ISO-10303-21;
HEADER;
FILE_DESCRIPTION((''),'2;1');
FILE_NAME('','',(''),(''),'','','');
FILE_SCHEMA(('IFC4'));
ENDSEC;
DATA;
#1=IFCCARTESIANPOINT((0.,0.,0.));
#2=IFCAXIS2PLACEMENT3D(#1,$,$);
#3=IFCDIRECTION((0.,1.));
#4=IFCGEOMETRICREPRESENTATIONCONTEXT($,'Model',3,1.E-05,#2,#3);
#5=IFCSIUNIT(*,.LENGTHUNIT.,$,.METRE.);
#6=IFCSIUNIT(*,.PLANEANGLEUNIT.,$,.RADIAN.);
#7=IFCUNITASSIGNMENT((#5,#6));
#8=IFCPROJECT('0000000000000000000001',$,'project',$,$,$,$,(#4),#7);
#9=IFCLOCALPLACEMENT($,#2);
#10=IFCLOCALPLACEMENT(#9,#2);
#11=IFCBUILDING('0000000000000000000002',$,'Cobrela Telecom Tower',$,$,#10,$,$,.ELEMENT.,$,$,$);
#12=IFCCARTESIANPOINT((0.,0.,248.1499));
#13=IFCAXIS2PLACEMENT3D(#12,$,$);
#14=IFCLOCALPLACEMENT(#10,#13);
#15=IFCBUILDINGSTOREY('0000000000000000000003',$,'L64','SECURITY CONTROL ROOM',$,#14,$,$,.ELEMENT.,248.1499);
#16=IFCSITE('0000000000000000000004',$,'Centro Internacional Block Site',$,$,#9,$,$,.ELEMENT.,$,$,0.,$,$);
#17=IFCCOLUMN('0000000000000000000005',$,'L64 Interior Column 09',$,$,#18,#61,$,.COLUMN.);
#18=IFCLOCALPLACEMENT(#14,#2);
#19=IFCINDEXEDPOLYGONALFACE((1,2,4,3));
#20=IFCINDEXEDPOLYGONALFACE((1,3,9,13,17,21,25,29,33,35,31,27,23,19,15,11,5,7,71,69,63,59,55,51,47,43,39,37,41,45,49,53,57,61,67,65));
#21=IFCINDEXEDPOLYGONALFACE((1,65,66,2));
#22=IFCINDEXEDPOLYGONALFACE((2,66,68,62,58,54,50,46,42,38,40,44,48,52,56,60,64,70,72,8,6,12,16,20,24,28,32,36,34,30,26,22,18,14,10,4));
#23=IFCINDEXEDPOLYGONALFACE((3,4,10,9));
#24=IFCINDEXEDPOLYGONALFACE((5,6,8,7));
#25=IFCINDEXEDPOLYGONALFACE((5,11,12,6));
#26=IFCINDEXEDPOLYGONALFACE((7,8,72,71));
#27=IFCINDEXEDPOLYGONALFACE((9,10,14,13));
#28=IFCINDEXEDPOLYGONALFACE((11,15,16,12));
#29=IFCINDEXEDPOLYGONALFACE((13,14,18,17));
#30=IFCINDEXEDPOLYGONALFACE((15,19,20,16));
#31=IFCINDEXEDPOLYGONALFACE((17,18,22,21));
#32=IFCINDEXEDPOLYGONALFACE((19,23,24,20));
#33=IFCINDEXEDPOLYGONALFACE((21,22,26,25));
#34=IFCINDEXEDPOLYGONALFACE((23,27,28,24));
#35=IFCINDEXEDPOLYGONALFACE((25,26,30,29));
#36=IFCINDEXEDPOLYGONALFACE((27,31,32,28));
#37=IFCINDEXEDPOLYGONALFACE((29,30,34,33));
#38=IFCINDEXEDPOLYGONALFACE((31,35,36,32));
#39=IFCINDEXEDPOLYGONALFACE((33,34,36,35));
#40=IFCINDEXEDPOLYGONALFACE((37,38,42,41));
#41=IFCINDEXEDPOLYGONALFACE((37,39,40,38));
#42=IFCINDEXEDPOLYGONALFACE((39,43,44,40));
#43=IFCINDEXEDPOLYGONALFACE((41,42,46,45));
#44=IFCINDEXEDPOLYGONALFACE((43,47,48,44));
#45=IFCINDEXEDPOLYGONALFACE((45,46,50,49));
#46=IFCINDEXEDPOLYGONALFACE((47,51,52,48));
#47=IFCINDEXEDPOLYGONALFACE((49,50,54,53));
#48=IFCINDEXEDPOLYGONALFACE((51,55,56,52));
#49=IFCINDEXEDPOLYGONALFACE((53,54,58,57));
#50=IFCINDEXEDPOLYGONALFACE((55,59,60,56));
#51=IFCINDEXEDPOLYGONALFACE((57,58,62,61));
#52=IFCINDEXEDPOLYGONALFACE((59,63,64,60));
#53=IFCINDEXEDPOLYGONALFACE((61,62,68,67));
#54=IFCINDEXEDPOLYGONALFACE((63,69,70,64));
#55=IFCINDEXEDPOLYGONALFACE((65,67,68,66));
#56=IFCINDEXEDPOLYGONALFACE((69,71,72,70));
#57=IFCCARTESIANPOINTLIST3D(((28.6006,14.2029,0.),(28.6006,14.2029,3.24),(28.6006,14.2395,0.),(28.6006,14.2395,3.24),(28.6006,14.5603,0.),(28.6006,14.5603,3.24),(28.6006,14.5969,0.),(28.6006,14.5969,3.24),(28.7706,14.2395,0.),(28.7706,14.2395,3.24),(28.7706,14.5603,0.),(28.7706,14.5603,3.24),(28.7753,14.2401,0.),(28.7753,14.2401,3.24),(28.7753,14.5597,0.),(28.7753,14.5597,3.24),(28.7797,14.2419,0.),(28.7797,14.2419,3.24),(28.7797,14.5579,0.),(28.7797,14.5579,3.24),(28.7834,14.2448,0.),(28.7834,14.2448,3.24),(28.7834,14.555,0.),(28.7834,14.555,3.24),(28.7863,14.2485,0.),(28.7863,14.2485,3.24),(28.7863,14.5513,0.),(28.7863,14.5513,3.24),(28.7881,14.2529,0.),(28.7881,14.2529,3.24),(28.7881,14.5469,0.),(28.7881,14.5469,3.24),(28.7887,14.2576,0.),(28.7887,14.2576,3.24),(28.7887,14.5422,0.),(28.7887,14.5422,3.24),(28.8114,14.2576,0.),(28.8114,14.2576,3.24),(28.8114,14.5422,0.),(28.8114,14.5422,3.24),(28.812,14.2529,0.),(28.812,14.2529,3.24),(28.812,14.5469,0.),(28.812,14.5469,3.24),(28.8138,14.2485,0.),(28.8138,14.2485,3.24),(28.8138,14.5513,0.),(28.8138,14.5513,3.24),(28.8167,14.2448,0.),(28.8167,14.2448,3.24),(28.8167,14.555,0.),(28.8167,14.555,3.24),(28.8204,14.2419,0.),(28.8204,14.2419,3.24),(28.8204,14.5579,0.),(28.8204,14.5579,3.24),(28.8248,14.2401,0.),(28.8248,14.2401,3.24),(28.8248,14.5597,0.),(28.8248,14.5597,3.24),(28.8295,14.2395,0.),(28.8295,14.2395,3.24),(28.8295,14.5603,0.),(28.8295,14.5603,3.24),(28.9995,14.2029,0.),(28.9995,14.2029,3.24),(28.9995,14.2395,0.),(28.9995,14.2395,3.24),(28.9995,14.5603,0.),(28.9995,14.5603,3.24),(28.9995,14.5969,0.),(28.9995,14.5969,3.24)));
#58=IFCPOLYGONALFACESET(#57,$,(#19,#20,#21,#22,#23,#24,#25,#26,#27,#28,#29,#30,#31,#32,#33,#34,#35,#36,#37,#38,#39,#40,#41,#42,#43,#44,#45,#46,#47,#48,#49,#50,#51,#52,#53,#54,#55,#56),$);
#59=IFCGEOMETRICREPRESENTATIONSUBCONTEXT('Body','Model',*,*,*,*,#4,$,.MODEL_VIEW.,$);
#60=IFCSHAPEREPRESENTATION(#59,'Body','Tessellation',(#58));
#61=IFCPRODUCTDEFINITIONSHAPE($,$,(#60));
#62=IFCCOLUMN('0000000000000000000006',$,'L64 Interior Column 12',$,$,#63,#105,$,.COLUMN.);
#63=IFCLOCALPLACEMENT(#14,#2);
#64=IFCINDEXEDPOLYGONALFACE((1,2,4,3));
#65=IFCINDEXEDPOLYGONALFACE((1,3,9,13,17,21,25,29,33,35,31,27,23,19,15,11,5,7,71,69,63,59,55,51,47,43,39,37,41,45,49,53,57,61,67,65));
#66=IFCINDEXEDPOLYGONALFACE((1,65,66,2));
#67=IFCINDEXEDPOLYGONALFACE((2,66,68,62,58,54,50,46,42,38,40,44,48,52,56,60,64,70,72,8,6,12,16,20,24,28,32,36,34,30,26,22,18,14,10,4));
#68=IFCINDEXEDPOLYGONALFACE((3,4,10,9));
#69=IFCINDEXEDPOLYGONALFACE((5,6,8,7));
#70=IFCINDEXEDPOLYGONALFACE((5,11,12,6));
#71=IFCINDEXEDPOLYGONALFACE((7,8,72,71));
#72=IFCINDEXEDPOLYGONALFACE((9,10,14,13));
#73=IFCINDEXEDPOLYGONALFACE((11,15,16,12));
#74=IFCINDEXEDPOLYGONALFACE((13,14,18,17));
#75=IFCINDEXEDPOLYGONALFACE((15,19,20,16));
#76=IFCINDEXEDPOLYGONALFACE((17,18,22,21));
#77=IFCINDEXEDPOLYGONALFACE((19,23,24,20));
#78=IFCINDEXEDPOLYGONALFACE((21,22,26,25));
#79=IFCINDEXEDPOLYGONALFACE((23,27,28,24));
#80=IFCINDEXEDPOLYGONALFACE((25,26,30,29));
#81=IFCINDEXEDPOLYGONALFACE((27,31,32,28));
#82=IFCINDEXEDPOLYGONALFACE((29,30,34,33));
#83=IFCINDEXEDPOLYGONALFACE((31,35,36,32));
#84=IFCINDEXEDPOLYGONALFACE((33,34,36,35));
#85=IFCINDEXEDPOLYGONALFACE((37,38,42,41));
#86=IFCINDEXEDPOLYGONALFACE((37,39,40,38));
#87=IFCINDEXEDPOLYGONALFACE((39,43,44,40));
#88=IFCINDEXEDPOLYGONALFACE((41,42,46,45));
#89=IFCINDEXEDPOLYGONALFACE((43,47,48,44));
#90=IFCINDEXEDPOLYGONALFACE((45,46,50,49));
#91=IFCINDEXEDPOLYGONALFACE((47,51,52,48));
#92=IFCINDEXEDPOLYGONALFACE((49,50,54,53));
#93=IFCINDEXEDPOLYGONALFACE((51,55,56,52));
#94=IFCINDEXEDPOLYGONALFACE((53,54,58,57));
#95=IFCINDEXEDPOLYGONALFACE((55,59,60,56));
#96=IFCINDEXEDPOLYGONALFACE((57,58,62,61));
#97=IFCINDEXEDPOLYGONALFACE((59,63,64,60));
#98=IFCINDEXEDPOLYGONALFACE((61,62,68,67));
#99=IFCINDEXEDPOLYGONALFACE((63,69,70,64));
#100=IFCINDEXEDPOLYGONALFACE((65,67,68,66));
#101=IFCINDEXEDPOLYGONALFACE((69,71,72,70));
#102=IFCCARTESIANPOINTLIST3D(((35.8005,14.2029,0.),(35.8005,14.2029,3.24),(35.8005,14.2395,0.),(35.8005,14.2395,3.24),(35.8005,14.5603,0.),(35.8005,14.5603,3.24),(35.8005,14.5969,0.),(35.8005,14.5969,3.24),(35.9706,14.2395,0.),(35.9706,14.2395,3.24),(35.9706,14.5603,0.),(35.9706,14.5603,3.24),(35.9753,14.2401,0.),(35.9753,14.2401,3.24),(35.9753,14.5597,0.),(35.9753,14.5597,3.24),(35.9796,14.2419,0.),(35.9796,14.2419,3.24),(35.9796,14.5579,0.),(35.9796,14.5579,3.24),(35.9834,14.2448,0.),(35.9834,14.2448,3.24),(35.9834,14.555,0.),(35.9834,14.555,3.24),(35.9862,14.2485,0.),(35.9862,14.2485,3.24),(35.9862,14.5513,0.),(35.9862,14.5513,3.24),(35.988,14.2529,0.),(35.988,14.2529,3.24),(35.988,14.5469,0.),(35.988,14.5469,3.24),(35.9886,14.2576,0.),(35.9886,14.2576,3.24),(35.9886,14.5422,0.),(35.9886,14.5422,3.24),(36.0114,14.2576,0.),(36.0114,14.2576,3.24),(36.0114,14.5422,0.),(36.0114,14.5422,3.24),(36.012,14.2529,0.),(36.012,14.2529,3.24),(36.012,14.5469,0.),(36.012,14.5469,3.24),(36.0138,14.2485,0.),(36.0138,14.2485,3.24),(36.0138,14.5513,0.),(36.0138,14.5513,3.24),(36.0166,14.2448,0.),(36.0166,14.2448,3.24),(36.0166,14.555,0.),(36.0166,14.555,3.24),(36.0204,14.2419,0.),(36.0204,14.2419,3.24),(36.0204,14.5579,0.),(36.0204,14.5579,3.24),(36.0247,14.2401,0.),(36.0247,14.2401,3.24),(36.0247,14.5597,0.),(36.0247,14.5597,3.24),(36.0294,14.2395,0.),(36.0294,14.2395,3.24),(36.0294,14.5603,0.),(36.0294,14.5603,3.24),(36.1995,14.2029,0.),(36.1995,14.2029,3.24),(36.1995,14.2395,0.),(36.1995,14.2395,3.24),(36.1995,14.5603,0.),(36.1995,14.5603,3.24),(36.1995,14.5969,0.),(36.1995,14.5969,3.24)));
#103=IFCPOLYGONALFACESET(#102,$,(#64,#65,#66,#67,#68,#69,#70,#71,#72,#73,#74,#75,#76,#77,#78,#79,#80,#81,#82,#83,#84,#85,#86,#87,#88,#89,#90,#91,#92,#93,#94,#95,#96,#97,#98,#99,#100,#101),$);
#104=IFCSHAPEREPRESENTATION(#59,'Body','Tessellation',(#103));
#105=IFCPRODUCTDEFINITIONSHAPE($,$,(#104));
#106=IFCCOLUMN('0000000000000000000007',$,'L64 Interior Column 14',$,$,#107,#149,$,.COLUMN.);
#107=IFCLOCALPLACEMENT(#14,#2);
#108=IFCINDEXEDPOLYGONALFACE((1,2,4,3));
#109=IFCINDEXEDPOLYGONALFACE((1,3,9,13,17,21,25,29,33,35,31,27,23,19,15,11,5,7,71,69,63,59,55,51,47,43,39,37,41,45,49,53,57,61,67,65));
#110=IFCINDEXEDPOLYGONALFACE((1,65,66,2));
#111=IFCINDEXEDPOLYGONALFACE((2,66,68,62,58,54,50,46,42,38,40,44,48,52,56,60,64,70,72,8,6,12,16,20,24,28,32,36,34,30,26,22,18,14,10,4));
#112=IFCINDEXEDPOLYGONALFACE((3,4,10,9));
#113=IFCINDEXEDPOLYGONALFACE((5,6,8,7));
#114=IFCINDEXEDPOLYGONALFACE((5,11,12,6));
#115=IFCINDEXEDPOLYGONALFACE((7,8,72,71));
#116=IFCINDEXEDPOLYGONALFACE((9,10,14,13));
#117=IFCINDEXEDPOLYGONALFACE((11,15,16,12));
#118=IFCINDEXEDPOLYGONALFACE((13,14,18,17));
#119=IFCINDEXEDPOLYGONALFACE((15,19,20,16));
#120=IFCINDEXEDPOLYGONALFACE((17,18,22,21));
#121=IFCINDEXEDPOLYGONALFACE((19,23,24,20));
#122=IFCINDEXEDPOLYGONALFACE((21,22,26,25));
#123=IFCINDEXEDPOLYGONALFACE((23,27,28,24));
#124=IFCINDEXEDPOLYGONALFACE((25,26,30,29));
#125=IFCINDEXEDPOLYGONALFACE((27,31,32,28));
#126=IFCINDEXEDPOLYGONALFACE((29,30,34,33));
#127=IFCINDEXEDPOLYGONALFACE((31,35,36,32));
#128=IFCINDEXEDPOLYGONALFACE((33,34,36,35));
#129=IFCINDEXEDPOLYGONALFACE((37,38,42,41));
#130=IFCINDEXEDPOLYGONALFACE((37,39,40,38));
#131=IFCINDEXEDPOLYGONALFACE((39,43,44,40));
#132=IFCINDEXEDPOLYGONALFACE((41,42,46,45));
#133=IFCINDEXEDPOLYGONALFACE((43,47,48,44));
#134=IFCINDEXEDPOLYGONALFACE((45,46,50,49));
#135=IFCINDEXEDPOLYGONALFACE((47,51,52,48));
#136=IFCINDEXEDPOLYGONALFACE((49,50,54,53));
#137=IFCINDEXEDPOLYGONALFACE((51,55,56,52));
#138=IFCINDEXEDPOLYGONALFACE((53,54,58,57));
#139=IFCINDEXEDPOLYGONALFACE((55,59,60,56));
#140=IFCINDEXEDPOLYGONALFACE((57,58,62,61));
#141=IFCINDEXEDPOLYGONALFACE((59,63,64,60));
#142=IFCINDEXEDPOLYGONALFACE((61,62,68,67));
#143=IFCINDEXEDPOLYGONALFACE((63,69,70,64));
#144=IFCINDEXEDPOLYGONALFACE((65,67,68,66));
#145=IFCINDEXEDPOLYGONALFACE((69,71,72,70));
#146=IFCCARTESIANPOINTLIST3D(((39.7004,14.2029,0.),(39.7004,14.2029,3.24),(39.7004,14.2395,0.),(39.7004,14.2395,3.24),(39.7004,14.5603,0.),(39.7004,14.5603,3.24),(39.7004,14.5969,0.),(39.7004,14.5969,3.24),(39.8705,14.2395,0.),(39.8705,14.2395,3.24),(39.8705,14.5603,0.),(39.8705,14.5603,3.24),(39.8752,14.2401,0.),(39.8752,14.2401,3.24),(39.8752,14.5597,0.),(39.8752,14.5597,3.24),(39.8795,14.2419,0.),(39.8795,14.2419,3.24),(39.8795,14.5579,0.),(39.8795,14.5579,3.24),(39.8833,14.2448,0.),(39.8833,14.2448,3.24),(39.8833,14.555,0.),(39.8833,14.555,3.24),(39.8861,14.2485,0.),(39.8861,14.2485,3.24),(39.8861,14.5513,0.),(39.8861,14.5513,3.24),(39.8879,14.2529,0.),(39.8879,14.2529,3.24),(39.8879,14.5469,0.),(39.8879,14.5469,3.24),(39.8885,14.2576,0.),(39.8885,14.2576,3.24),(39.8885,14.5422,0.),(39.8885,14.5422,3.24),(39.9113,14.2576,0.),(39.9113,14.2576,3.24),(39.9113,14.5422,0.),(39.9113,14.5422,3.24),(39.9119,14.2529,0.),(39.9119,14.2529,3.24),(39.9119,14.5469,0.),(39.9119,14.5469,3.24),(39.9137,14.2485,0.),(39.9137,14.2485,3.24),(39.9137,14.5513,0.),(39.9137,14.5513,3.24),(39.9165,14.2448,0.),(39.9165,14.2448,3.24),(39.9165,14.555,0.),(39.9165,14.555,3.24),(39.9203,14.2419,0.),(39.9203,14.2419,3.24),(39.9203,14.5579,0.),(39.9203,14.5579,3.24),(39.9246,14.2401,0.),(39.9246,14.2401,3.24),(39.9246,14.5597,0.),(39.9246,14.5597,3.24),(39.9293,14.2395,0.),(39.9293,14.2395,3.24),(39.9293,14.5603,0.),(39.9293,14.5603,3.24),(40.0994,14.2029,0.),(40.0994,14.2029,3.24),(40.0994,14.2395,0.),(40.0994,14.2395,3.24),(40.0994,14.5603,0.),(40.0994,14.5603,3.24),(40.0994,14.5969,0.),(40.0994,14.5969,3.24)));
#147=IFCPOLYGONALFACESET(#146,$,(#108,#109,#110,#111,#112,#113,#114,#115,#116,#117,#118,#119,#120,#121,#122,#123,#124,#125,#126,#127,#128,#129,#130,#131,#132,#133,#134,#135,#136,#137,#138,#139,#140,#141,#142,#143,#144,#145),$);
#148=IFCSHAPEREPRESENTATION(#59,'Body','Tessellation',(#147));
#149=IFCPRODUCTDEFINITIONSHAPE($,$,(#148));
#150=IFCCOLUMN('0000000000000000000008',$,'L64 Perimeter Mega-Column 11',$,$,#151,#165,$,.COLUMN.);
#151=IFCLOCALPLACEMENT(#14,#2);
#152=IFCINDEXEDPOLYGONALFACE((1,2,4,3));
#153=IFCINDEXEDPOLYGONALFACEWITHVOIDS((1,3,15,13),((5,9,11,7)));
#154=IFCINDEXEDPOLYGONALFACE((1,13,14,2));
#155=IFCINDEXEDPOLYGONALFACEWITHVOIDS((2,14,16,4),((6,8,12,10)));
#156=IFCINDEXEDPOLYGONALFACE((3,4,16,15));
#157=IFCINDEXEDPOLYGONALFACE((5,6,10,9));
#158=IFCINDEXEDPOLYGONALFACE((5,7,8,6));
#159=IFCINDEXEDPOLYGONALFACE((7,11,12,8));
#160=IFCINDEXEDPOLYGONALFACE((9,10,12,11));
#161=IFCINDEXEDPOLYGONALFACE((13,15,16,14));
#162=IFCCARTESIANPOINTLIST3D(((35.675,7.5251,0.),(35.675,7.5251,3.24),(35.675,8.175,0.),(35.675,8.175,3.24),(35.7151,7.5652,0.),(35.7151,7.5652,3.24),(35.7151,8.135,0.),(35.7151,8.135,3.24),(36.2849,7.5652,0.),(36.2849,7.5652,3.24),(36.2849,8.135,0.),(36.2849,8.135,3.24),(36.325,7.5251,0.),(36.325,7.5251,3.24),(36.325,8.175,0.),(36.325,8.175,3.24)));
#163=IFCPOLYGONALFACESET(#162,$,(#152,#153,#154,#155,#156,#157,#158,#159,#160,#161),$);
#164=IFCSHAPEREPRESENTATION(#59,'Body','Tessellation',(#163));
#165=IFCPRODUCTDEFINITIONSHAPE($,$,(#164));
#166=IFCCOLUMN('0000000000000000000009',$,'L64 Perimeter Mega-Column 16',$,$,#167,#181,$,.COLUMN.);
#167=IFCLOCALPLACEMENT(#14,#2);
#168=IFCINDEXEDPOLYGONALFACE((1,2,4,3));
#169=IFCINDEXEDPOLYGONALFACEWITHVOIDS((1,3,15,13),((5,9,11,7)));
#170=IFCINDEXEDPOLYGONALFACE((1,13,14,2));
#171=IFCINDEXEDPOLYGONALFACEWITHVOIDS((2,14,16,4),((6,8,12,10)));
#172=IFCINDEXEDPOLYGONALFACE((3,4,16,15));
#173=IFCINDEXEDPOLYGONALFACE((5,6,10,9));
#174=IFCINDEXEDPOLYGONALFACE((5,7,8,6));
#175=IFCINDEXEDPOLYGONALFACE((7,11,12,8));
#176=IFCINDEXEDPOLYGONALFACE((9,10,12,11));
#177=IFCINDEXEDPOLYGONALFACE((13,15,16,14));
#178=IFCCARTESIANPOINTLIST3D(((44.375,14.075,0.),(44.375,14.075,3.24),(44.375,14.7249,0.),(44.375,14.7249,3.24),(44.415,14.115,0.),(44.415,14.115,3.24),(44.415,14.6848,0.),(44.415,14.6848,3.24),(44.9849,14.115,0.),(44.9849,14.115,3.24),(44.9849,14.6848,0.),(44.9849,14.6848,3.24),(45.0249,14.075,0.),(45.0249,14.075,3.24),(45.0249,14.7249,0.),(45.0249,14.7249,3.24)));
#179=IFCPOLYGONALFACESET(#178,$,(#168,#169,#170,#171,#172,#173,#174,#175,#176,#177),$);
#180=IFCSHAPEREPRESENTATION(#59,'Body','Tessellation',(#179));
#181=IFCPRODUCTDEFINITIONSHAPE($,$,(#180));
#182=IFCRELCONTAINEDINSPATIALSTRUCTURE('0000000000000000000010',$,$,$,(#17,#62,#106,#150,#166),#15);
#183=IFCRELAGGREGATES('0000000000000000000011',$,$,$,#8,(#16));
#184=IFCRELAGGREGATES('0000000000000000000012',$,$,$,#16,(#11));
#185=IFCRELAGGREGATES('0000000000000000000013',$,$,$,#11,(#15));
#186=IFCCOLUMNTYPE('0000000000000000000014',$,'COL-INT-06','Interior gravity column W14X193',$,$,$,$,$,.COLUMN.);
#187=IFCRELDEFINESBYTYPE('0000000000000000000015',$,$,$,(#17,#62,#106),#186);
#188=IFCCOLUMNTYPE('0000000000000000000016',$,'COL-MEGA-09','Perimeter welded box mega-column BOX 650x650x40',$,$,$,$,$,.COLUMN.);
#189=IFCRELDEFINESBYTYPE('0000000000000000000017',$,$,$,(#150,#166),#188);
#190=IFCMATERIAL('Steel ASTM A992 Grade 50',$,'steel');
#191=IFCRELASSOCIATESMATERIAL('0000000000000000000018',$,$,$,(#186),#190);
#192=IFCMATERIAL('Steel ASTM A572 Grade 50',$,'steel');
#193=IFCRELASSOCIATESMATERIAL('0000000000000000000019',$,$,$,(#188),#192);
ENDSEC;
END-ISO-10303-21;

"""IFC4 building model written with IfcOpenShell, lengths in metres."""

from ifc_helpers import new_model, si_unit, direction, frame, origin, origin_2d, place, context, subcontext, project, spatial, hollow_rectangle, i_section, extrude, material, material_profile, profile_set, type_object, element, save


model = new_model("IFC4")

# Units and contexts
model_context = context("Model", 3, precision=1e-05, world=origin(), true_north=direction((0.0, 1.0)))
body_context = subcontext(model_context, "Body", "Model", "MODEL_VIEW")
ifc_project = project(units=[si_unit("LENGTHUNIT", "METRE"), si_unit("PLANEANGLEUNIT", "RADIAN")], contexts=[model_context])

# Site, building, storey
site_placement = place(None, origin())
site = spatial("IfcSite", under=ifc_project, at=site_placement, Name="Centro Internacional Block Site", CompositionType="ELEMENT", RefElevation=0.0)
building_placement = place(site_placement, origin())
building = spatial("IfcBuilding", under=site, at=building_placement, Name="Cobrela Telecom Tower", CompositionType="ELEMENT")
storey_placement = place(building_placement, frame((0.0, 0.0, 248.1499)))
storey = spatial("IfcBuildingStorey", under=building, at=storey_placement, Name="L64", Description="SECURITY CONTROL ROOM", CompositionType="ELEMENT", Elevation=248.1499)

# Columns
ifc_material_1 = material(Name="Steel ASTM A992 Grade 50", Category="steel")
ifc_material_profile_1 = material_profile(ifc_material_1, i_section(OverallWidth=0.3989, OverallDepth=0.394, WebThickness=0.0227, FlangeThickness=0.0366, FilletRadius=0.0181, at=origin_2d()), Name="W14X193")
ifc_profile_set_1 = profile_set([ifc_material_profile_1], Name="Steel ASTM A992 Grade 50")
column_type_1 = type_object("IfcColumnType", Name="COL-INT-06", Description="Interior gravity column W14X193", PredefinedType="COLUMN", material=ifc_profile_set_1)
for number, where, z_axis, x_axis, name in (
    (1, (28.8, 14.3999, 0.0), (0.0, 0.0, 1.0), (1.0, 0.0, 0.0), "L64 Interior Column 09"),
    (2, (36.0, 14.3999, 0.0), (0.0, 0.0, 1.0), (1.0, 0.0, 0.0), "L64 Interior Column 12"),
    (3, (39.8999, 14.3999, 0.0), (0.0, 0.0, 1.0), (1.0, 0.0, 0.0), "L64 Interior Column 14"),
):
    element("IfcColumn", number, at=place(storey_placement, frame(where, z_axis=z_axis, x_axis=x_axis)), inside=storey, type_object=column_type_1, Name=name, PredefinedType="COLUMN", context=body_context, shape_type="SweptSolid", body=[
        extrude(i_section(OverallWidth=0.3989, OverallDepth=0.394, WebThickness=0.0227, FlangeThickness=0.0366, FilletRadius=0.0181, at=origin_2d()), origin(), (0.0, 0.0, 1.0), 3.24),
    ])
ifc_material_2 = material(Name="Steel ASTM A572 Grade 50", Category="steel")
ifc_material_profile_2 = material_profile(ifc_material_2, hollow_rectangle(XDim=0.6499, YDim=0.6499, WallThickness=0.04, at=origin_2d()), Name="BOX 650x650x40")
ifc_profile_set_2 = profile_set([ifc_material_profile_2], Name="Steel ASTM A572 Grade 50")
column_type_2 = type_object("IfcColumnType", Name="COL-MEGA-09", Description="Perimeter welded box mega-column BOX 650x650x40", PredefinedType="COLUMN", material=ifc_profile_set_2)
for number, where, z_axis, x_axis, name in (
    (4, (36.0, 7.8501, 0.0), (0.0, 0.0, 1.0), (1.0, 0.0, 0.0), "L64 Perimeter Mega-Column 11"),
    (5, (44.7, 14.3999, 0.0), (0.0, 0.0, 1.0), (1.0, 0.0, 0.0), "L64 Perimeter Mega-Column 16"),
):
    element("IfcColumn", number, at=place(storey_placement, frame(where, z_axis=z_axis, x_axis=x_axis)), inside=storey, type_object=column_type_2, Name=name, PredefinedType="COLUMN", context=body_context, shape_type="SweptSolid", body=[
        extrude(hollow_rectangle(XDim=0.6499, YDim=0.6499, WallThickness=0.04, at=origin_2d()), origin(), (0.0, 0.0, 1.0), 3.24),
    ])

save(model, "model.ifc")
